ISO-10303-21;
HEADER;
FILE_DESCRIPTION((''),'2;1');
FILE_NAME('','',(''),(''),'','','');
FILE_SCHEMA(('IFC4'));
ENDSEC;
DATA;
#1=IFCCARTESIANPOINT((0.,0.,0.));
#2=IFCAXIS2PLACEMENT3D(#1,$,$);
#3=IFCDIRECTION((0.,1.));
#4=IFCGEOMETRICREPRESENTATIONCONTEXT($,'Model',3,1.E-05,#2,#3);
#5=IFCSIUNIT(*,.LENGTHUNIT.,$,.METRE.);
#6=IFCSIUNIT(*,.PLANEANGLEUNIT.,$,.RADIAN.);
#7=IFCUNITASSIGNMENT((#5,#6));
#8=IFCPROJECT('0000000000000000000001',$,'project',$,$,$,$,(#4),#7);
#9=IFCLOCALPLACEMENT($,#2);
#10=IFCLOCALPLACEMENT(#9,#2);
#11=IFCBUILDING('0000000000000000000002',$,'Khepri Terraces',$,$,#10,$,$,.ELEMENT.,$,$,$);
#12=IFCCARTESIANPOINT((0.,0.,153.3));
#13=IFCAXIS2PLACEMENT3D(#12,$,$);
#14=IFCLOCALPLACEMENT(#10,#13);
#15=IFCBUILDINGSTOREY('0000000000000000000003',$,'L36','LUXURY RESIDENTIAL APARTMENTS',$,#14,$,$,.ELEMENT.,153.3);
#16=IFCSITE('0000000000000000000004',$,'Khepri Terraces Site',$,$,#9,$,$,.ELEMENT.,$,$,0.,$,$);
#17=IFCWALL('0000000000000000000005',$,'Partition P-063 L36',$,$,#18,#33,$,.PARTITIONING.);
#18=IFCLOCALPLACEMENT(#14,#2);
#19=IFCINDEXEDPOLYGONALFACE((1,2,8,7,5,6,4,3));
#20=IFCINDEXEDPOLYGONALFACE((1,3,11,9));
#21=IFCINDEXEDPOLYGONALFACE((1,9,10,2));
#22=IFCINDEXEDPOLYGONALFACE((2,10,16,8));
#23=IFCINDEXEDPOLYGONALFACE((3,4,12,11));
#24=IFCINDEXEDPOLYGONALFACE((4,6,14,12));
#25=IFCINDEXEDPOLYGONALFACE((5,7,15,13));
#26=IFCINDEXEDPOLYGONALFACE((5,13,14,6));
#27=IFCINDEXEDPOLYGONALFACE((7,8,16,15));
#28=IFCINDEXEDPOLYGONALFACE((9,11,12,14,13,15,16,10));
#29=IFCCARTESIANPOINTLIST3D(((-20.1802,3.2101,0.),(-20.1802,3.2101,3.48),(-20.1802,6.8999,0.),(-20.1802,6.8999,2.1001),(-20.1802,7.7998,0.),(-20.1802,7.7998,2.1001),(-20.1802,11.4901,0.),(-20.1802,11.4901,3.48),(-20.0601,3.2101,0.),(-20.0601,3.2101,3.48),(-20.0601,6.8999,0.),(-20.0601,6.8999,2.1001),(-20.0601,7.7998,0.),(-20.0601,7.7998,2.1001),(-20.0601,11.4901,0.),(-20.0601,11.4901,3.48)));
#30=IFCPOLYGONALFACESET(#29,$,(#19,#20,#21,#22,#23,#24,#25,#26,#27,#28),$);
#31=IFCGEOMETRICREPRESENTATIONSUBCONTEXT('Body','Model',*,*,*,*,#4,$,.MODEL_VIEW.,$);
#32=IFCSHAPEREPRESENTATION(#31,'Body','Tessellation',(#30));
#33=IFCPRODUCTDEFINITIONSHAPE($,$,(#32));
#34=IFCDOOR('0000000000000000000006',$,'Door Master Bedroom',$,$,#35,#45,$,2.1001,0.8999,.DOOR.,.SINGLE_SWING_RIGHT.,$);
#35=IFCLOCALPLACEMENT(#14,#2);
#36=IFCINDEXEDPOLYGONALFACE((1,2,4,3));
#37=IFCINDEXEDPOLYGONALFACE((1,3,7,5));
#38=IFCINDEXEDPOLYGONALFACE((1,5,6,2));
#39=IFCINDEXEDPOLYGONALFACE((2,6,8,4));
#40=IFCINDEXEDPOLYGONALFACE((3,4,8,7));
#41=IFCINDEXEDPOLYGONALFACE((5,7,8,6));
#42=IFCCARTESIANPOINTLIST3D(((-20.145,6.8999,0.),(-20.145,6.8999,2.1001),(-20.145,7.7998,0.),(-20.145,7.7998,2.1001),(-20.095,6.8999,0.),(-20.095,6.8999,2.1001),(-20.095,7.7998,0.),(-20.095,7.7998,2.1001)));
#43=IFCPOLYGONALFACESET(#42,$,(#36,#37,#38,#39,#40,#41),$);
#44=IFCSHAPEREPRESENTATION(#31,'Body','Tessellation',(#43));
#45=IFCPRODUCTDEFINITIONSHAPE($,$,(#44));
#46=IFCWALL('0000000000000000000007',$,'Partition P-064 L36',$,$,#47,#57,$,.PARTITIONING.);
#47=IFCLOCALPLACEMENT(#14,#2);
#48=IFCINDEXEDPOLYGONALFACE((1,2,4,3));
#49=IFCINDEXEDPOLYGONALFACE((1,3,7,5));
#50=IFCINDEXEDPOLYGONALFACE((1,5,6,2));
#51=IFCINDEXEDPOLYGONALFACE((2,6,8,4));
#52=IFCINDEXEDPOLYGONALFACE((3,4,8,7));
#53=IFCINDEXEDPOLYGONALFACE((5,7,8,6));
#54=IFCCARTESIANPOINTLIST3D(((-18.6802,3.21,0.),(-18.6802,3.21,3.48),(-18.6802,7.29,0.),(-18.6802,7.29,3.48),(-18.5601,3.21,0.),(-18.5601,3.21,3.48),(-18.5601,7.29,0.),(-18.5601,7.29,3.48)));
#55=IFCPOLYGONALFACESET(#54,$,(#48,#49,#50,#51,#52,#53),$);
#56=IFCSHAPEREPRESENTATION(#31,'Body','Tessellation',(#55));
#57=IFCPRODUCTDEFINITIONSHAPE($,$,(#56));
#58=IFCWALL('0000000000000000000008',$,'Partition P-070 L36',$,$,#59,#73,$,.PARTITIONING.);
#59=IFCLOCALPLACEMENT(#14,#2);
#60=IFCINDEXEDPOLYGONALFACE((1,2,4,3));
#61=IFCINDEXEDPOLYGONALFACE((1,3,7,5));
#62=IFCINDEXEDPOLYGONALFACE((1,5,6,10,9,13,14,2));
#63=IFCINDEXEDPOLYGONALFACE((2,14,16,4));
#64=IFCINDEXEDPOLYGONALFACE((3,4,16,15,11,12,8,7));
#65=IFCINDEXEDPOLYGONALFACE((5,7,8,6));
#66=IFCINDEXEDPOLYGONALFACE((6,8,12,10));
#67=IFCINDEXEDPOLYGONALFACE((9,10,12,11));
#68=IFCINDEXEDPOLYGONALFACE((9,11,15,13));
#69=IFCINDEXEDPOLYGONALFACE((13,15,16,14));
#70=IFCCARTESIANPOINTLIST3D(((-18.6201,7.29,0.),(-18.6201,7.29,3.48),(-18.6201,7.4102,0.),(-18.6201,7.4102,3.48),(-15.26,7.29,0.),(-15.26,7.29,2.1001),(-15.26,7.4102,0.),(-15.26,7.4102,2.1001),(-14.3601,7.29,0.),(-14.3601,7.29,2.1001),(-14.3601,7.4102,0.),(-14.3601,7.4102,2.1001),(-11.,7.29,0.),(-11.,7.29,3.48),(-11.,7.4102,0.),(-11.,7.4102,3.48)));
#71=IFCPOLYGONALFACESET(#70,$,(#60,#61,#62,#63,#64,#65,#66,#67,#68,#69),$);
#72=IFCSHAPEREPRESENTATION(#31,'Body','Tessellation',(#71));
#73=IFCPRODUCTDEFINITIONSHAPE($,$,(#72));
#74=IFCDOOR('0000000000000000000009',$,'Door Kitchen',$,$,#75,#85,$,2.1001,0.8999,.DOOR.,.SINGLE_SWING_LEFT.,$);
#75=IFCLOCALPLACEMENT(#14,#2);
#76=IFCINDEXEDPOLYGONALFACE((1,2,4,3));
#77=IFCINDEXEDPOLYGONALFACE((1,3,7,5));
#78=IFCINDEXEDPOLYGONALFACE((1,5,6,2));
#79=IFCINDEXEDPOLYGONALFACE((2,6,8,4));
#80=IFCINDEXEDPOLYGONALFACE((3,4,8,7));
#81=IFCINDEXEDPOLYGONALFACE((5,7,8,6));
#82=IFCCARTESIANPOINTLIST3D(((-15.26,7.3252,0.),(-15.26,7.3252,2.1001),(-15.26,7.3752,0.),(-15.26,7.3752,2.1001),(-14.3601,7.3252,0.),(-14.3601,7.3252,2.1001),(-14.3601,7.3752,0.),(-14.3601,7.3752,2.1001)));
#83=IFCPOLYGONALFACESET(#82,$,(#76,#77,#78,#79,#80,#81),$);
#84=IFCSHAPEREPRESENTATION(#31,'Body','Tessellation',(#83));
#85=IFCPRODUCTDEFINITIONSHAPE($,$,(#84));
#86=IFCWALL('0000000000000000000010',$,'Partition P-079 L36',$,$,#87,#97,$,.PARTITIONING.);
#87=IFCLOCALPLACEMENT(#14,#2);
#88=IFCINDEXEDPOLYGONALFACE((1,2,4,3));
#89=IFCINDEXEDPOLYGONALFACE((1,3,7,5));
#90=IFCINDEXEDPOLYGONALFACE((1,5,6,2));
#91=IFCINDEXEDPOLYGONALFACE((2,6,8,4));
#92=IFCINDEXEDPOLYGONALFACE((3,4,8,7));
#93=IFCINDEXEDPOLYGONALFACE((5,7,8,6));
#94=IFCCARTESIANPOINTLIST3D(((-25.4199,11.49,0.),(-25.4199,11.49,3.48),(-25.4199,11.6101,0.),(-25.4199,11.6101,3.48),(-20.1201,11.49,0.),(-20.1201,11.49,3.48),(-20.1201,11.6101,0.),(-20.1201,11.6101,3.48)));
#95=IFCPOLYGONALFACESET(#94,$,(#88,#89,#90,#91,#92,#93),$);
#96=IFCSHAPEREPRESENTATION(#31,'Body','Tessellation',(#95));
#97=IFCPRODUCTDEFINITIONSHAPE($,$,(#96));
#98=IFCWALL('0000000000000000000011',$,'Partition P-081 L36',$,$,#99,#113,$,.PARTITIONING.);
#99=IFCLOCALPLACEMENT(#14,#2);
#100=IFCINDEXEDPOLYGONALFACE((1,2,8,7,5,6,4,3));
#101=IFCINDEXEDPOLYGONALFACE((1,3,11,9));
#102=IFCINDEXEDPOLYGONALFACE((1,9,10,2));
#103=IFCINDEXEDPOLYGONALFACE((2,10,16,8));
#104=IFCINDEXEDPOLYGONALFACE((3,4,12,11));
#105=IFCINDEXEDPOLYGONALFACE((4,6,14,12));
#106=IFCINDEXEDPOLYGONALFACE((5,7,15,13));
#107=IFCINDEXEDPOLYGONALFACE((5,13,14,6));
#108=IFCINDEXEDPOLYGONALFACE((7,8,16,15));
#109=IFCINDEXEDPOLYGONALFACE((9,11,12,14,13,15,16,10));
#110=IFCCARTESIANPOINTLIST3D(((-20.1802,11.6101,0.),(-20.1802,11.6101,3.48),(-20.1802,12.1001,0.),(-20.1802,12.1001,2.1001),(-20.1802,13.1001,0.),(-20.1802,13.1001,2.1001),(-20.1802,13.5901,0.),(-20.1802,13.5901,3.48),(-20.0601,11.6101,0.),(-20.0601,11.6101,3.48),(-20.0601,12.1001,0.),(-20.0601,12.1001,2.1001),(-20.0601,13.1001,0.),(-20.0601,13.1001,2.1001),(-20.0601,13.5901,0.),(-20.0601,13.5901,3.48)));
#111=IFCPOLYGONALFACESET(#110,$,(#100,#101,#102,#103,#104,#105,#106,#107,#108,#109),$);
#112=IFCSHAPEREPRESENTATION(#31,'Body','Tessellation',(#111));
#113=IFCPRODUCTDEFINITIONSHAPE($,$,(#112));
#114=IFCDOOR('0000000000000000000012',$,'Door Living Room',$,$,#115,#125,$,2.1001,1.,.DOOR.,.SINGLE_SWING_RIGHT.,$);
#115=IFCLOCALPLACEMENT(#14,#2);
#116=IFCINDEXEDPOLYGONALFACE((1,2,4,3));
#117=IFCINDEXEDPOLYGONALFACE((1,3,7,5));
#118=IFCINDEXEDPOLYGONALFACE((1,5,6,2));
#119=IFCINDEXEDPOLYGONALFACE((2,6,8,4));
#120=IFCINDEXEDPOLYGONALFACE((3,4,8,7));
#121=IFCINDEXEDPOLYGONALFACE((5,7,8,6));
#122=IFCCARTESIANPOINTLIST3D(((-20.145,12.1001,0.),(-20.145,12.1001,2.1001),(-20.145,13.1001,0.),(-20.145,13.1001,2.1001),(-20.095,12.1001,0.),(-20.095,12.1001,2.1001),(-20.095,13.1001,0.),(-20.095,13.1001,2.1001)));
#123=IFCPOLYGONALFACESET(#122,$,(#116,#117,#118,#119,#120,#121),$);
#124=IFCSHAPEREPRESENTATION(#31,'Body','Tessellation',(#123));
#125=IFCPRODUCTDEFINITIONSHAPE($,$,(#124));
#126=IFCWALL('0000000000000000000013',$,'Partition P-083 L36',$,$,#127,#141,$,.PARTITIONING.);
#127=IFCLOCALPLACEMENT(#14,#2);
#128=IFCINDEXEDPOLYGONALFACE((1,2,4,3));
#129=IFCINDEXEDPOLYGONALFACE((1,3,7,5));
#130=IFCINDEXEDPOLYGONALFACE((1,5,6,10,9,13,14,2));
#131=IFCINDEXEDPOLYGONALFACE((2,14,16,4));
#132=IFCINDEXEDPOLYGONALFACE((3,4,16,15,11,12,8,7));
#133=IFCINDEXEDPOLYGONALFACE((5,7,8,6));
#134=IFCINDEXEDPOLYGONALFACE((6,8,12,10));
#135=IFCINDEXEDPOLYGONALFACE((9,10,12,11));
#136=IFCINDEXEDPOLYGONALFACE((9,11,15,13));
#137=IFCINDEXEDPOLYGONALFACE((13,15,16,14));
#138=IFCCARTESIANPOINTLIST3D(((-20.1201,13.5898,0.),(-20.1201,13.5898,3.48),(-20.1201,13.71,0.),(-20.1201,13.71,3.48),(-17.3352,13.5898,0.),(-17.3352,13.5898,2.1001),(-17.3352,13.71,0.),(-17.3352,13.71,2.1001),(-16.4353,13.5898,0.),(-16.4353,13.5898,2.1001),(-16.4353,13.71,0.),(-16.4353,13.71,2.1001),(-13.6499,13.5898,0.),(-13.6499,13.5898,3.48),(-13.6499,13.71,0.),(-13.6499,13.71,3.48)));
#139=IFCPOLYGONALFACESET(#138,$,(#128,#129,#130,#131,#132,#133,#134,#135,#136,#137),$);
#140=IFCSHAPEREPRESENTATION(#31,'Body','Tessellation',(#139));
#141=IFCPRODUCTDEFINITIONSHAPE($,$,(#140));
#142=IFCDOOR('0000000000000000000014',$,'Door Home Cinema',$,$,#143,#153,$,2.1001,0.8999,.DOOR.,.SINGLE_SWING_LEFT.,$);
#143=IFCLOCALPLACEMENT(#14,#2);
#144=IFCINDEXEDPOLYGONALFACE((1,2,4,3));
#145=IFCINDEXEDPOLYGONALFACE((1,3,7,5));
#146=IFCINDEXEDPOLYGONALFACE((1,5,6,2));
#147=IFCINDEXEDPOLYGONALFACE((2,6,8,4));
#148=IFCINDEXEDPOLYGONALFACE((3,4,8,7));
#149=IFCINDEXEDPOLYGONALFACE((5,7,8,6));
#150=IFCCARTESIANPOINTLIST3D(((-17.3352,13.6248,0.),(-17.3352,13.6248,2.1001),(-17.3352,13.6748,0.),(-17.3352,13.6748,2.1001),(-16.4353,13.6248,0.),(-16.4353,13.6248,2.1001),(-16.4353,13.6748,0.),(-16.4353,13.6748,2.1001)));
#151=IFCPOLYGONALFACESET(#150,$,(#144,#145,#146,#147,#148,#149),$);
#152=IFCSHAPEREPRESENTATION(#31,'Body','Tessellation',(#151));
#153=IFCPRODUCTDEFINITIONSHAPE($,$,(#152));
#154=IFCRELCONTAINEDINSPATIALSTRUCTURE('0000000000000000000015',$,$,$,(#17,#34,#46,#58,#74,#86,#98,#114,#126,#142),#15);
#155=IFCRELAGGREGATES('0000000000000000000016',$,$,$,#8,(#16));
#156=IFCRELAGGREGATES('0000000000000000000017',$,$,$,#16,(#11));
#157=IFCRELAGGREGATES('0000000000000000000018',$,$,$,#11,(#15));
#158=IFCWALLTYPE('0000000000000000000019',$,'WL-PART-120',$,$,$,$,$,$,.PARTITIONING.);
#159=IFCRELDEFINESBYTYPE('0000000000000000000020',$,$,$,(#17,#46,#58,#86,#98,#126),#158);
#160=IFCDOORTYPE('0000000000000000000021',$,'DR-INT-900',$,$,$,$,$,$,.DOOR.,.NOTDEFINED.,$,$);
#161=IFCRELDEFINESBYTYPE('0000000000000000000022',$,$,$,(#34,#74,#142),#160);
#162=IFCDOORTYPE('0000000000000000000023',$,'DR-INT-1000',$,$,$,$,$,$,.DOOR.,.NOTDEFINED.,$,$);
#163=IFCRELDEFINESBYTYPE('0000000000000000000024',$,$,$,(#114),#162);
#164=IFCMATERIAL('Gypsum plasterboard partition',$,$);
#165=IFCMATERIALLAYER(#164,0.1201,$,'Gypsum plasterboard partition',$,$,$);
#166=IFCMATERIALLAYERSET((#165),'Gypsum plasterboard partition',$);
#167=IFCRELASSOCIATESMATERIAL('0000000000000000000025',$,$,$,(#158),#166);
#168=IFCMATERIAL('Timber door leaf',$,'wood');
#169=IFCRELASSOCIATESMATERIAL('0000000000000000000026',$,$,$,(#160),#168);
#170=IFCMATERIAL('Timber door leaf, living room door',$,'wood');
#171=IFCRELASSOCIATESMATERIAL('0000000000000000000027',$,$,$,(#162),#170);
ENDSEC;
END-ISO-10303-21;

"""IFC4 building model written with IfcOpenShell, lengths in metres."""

from ifc_helpers import new_model, si_unit, direction, frame, frame_2d, origin, place, context, subcontext, project, spatial, rectangle, extrude, material, layer, layer_set, type_object, element, fill, save


model = new_model("IFC4")

# Units and contexts
model_context = context("Model", 3, precision=1e-05, world=origin(), true_north=direction((0.0, 1.0)))
body_context = subcontext(model_context, "Body", "Model", "MODEL_VIEW")
ifc_project = project(units=[si_unit("LENGTHUNIT", "METRE"), si_unit("PLANEANGLEUNIT", "RADIAN")], contexts=[model_context])

# Site, building, storey
site_placement = place(None, origin())
site = spatial("IfcSite", under=ifc_project, at=site_placement, Name="Khepri Terraces Site", CompositionType="ELEMENT", RefElevation=0.0)
building_placement = place(site_placement, origin())
building = spatial("IfcBuilding", under=site, at=building_placement, Name="Khepri Terraces", CompositionType="ELEMENT")
storey_placement = place(building_placement, frame((0.0, 0.0, 153.3)))
storey = spatial("IfcBuildingStorey", under=building, at=storey_placement, Name="L36", Description="LUXURY RESIDENTIAL APARTMENTS", CompositionType="ELEMENT", Elevation=153.3)

# Shared definitions
ifc_material_1 = material(Name="Gypsum plasterboard partition")
ifc_layer_1 = layer(ifc_material_1, 0.1201, Name="Gypsum plasterboard partition")
ifc_layer_set_1 = layer_set([ifc_layer_1], Name="Gypsum plasterboard partition")
wall_type_1 = type_object("IfcWallType", Name="WL-PART-120", PredefinedType="PARTITIONING", material=ifc_layer_set_1)

# Shared definitions
ifc_material_2 = material(Name="Timber door leaf", Category="wood")
door_type_1 = type_object("IfcDoorType", Name="DR-INT-900", OperationType="NOTDEFINED", PredefinedType="DOOR", material=ifc_material_2)

# Wall, opening, door
wall_1_placement = place(storey_placement, frame((-20.1201, 3.21, 0.0), z_axis=(0.0, 0.0, 1.0), x_axis=(0.0, 1.0, 0.0)))
wall_1 = element("IfcWall", 1, at=wall_1_placement, inside=storey, type_object=wall_type_1, Name="Partition P-063 L36", PredefinedType="PARTITIONING", context=body_context, shape_type="SweptSolid", body=[
    extrude(rectangle(XDim=8.28, YDim=0.1201, at=frame_2d((4.1401, 0.0))), origin(), (0.0, 0.0, 1.0), 3.48),
])
opening_1_placement = place(wall_1_placement, frame((3.6899, 0.0, 0.0)))
opening_1 = element("IfcOpeningElement", 2, at=opening_1_placement, cuts=wall_1, PredefinedType="OPENING", context=body_context, shape_type="SweptSolid", body=[
    extrude(rectangle(XDim=0.8999, YDim=2.1001, at=frame_2d((0.45, 1.05))), frame((0.0, 0.0701, 0.0), z_axis=(0.0, -1.0, 0.0), x_axis=(1.0, 0.0, 0.0)), (0.0, 0.0, 1.0), 0.1401),
])
door_1_placement = place(opening_1_placement, origin())
door_1 = element("IfcDoor", 3, at=door_1_placement, inside=storey, type_object=door_type_1, Name="Door Master Bedroom", OperationType="SINGLE_SWING_RIGHT", OverallHeight=2.1001, OverallWidth=0.8999, PredefinedType="DOOR", context=body_context, shape_type="SweptSolid", body=[
    extrude(rectangle(XDim=0.8999, YDim=2.1001, at=frame_2d((0.45, 1.05))), frame((0.0, 0.0249, 0.0), z_axis=(0.0, -1.0, 0.0), x_axis=(1.0, 0.0, 0.0)), (0.0, 0.0, 1.0), 0.05),
])
fill(opening_1, door_1)

# Wall
wall_2_placement = place(storey_placement, frame((-18.6201, 3.21, 0.0), z_axis=(0.0, 0.0, 1.0), x_axis=(0.0, 1.0, 0.0)))
element("IfcWall", 4, at=wall_2_placement, inside=storey, type_object=wall_type_1, Name="Partition P-064 L36", PredefinedType="PARTITIONING", context=body_context, shape_type="SweptSolid", body=[
    extrude(rectangle(XDim=4.0801, YDim=0.1201, at=frame_2d((2.04, 0.0))), origin(), (0.0, 0.0, 1.0), 3.48),
])

# Wall, opening, door
wall_3_placement = place(storey_placement, frame((-18.6201, 7.3501, 0.0), z_axis=(0.0, 0.0, 1.0), x_axis=(1.0, 0.0, 0.0)))
wall_3 = element("IfcWall", 5, at=wall_3_placement, inside=storey, type_object=wall_type_1, Name="Partition P-070 L36", PredefinedType="PARTITIONING", context=body_context, shape_type="SweptSolid", body=[
    extrude(rectangle(XDim=7.6201, YDim=0.1201, at=frame_2d((3.8101, 0.0))), origin(), (0.0, 0.0, 1.0), 3.48),
])
opening_2_placement = place(wall_3_placement, frame((3.3601, 0.0, 0.0)))
opening_2 = element("IfcOpeningElement", 6, at=opening_2_placement, cuts=wall_3, PredefinedType="OPENING", context=body_context, shape_type="SweptSolid", body=[
    extrude(rectangle(XDim=0.8999, YDim=2.1001, at=frame_2d((0.45, 1.05))), frame((0.0, 0.0701, 0.0), z_axis=(0.0, -1.0, 0.0), x_axis=(1.0, 0.0, 0.0)), (0.0, 0.0, 1.0), 0.1401),
])
door_2_placement = place(opening_2_placement, frame((0.8999, 0.0, 0.0), z_axis=(0.0, 0.0, 1.0), x_axis=(-1.0, 0.0, 0.0)))
door_2 = element("IfcDoor", 7, at=door_2_placement, inside=storey, type_object=door_type_1, Name="Door Kitchen", OperationType="SINGLE_SWING_LEFT", OverallHeight=2.1001, OverallWidth=0.8999, PredefinedType="DOOR", context=body_context, shape_type="SweptSolid", body=[
    extrude(rectangle(XDim=0.8999, YDim=2.1001, at=frame_2d((0.45, 1.05))), frame((0.0, 0.0249, 0.0), z_axis=(0.0, -1.0, 0.0), x_axis=(1.0, 0.0, 0.0)), (0.0, 0.0, 1.0), 0.05),
])
fill(opening_2, door_2)

# Wall
wall_4_placement = place(storey_placement, frame((-25.4199, 11.55, 0.0), z_axis=(0.0, 0.0, 1.0), x_axis=(1.0, 0.0, 0.0)))
element("IfcWall", 8, at=wall_4_placement, inside=storey, type_object=wall_type_1, Name="Partition P-079 L36", PredefinedType="PARTITIONING", context=body_context, shape_type="SweptSolid", body=[
    extrude(rectangle(XDim=5.2998, YDim=0.1201, at=frame_2d((2.6499, 0.0))), origin(), (0.0, 0.0, 1.0), 3.48),
])

# Walls, openings, doors
wall_5_placement = place(storey_placement, frame((-20.1201, 11.6101, 0.0), z_axis=(0.0, 0.0, 1.0), x_axis=(0.0, 1.0, 0.0)))
wall_5 = element("IfcWall", 9, at=wall_5_placement, inside=storey, type_object=wall_type_1, Name="Partition P-081 L36", PredefinedType="PARTITIONING", context=body_context, shape_type="SweptSolid", body=[
    extrude(rectangle(XDim=1.98, YDim=0.1201, at=frame_2d((0.99, 0.0))), origin(), (0.0, 0.0, 1.0), 3.48),
])
opening_3_placement = place(wall_5_placement, frame((0.49, 0.0, 0.0)))
opening_3 = element("IfcOpeningElement", 10, at=opening_3_placement, cuts=wall_5, PredefinedType="OPENING", context=body_context, shape_type="SweptSolid", body=[
    extrude(rectangle(XDim=1.0, YDim=2.1001, at=frame_2d((0.5, 1.05))), frame((0.0, 0.0701, 0.0), z_axis=(0.0, -1.0, 0.0), x_axis=(1.0, 0.0, 0.0)), (0.0, 0.0, 1.0), 0.1401),
])
ifc_material_3 = material(Name="Timber door leaf, living room door", Category="wood")
door_type_2 = type_object("IfcDoorType", Name="DR-INT-1000", OperationType="NOTDEFINED", PredefinedType="DOOR", material=ifc_material_3)
door_3_placement = place(opening_3_placement, origin())
door_3 = element("IfcDoor", 11, at=door_3_placement, inside=storey, type_object=door_type_2, Name="Door Living Room", OperationType="SINGLE_SWING_RIGHT", OverallHeight=2.1001, OverallWidth=1.0, PredefinedType="DOOR", context=body_context, shape_type="SweptSolid", body=[
    extrude(rectangle(XDim=1.0, YDim=2.1001, at=frame_2d((0.5, 1.05))), frame((0.0, 0.0249, 0.0), z_axis=(0.0, -1.0, 0.0), x_axis=(1.0, 0.0, 0.0)), (0.0, 0.0, 1.0), 0.05),
])
fill(opening_3, door_3)
wall_6_placement = place(storey_placement, frame((-20.1201, 13.6499, 0.0), z_axis=(0.0, 0.0, 1.0), x_axis=(1.0, 0.0, 0.0)))
wall_6 = element("IfcWall", 12, at=wall_6_placement, inside=storey, type_object=wall_type_1, Name="Partition P-083 L36", PredefinedType="PARTITIONING", context=body_context, shape_type="SweptSolid", body=[
    extrude(rectangle(XDim=6.4702, YDim=0.1201, at=frame_2d((3.2351, 0.0))), origin(), (0.0, 0.0, 1.0), 3.48),
])
opening_4_placement = place(wall_6_placement, frame((2.7849, 0.0, 0.0)))
opening_4 = element("IfcOpeningElement", 13, at=opening_4_placement, cuts=wall_6, PredefinedType="OPENING", context=body_context, shape_type="SweptSolid", body=[
    extrude(rectangle(XDim=0.8999, YDim=2.1001, at=frame_2d((0.45, 1.05))), frame((0.0, 0.0701, 0.0), z_axis=(0.0, -1.0, 0.0), x_axis=(1.0, 0.0, 0.0)), (0.0, 0.0, 1.0), 0.1401),
])
door_4_placement = place(opening_4_placement, origin())
door_4 = element("IfcDoor", 14, at=door_4_placement, inside=storey, type_object=door_type_1, Name="Door Home Cinema", OperationType="SINGLE_SWING_LEFT", OverallHeight=2.1001, OverallWidth=0.8999, PredefinedType="DOOR", context=body_context, shape_type="SweptSolid", body=[
    extrude(rectangle(XDim=0.8999, YDim=2.1001, at=frame_2d((0.45, 1.05))), frame((0.0, 0.0249, 0.0), z_axis=(0.0, -1.0, 0.0), x_axis=(1.0, 0.0, 0.0)), (0.0, 0.0, 1.0), 0.05),
])
fill(opening_4, door_4)

save(model, "model.ifc")
